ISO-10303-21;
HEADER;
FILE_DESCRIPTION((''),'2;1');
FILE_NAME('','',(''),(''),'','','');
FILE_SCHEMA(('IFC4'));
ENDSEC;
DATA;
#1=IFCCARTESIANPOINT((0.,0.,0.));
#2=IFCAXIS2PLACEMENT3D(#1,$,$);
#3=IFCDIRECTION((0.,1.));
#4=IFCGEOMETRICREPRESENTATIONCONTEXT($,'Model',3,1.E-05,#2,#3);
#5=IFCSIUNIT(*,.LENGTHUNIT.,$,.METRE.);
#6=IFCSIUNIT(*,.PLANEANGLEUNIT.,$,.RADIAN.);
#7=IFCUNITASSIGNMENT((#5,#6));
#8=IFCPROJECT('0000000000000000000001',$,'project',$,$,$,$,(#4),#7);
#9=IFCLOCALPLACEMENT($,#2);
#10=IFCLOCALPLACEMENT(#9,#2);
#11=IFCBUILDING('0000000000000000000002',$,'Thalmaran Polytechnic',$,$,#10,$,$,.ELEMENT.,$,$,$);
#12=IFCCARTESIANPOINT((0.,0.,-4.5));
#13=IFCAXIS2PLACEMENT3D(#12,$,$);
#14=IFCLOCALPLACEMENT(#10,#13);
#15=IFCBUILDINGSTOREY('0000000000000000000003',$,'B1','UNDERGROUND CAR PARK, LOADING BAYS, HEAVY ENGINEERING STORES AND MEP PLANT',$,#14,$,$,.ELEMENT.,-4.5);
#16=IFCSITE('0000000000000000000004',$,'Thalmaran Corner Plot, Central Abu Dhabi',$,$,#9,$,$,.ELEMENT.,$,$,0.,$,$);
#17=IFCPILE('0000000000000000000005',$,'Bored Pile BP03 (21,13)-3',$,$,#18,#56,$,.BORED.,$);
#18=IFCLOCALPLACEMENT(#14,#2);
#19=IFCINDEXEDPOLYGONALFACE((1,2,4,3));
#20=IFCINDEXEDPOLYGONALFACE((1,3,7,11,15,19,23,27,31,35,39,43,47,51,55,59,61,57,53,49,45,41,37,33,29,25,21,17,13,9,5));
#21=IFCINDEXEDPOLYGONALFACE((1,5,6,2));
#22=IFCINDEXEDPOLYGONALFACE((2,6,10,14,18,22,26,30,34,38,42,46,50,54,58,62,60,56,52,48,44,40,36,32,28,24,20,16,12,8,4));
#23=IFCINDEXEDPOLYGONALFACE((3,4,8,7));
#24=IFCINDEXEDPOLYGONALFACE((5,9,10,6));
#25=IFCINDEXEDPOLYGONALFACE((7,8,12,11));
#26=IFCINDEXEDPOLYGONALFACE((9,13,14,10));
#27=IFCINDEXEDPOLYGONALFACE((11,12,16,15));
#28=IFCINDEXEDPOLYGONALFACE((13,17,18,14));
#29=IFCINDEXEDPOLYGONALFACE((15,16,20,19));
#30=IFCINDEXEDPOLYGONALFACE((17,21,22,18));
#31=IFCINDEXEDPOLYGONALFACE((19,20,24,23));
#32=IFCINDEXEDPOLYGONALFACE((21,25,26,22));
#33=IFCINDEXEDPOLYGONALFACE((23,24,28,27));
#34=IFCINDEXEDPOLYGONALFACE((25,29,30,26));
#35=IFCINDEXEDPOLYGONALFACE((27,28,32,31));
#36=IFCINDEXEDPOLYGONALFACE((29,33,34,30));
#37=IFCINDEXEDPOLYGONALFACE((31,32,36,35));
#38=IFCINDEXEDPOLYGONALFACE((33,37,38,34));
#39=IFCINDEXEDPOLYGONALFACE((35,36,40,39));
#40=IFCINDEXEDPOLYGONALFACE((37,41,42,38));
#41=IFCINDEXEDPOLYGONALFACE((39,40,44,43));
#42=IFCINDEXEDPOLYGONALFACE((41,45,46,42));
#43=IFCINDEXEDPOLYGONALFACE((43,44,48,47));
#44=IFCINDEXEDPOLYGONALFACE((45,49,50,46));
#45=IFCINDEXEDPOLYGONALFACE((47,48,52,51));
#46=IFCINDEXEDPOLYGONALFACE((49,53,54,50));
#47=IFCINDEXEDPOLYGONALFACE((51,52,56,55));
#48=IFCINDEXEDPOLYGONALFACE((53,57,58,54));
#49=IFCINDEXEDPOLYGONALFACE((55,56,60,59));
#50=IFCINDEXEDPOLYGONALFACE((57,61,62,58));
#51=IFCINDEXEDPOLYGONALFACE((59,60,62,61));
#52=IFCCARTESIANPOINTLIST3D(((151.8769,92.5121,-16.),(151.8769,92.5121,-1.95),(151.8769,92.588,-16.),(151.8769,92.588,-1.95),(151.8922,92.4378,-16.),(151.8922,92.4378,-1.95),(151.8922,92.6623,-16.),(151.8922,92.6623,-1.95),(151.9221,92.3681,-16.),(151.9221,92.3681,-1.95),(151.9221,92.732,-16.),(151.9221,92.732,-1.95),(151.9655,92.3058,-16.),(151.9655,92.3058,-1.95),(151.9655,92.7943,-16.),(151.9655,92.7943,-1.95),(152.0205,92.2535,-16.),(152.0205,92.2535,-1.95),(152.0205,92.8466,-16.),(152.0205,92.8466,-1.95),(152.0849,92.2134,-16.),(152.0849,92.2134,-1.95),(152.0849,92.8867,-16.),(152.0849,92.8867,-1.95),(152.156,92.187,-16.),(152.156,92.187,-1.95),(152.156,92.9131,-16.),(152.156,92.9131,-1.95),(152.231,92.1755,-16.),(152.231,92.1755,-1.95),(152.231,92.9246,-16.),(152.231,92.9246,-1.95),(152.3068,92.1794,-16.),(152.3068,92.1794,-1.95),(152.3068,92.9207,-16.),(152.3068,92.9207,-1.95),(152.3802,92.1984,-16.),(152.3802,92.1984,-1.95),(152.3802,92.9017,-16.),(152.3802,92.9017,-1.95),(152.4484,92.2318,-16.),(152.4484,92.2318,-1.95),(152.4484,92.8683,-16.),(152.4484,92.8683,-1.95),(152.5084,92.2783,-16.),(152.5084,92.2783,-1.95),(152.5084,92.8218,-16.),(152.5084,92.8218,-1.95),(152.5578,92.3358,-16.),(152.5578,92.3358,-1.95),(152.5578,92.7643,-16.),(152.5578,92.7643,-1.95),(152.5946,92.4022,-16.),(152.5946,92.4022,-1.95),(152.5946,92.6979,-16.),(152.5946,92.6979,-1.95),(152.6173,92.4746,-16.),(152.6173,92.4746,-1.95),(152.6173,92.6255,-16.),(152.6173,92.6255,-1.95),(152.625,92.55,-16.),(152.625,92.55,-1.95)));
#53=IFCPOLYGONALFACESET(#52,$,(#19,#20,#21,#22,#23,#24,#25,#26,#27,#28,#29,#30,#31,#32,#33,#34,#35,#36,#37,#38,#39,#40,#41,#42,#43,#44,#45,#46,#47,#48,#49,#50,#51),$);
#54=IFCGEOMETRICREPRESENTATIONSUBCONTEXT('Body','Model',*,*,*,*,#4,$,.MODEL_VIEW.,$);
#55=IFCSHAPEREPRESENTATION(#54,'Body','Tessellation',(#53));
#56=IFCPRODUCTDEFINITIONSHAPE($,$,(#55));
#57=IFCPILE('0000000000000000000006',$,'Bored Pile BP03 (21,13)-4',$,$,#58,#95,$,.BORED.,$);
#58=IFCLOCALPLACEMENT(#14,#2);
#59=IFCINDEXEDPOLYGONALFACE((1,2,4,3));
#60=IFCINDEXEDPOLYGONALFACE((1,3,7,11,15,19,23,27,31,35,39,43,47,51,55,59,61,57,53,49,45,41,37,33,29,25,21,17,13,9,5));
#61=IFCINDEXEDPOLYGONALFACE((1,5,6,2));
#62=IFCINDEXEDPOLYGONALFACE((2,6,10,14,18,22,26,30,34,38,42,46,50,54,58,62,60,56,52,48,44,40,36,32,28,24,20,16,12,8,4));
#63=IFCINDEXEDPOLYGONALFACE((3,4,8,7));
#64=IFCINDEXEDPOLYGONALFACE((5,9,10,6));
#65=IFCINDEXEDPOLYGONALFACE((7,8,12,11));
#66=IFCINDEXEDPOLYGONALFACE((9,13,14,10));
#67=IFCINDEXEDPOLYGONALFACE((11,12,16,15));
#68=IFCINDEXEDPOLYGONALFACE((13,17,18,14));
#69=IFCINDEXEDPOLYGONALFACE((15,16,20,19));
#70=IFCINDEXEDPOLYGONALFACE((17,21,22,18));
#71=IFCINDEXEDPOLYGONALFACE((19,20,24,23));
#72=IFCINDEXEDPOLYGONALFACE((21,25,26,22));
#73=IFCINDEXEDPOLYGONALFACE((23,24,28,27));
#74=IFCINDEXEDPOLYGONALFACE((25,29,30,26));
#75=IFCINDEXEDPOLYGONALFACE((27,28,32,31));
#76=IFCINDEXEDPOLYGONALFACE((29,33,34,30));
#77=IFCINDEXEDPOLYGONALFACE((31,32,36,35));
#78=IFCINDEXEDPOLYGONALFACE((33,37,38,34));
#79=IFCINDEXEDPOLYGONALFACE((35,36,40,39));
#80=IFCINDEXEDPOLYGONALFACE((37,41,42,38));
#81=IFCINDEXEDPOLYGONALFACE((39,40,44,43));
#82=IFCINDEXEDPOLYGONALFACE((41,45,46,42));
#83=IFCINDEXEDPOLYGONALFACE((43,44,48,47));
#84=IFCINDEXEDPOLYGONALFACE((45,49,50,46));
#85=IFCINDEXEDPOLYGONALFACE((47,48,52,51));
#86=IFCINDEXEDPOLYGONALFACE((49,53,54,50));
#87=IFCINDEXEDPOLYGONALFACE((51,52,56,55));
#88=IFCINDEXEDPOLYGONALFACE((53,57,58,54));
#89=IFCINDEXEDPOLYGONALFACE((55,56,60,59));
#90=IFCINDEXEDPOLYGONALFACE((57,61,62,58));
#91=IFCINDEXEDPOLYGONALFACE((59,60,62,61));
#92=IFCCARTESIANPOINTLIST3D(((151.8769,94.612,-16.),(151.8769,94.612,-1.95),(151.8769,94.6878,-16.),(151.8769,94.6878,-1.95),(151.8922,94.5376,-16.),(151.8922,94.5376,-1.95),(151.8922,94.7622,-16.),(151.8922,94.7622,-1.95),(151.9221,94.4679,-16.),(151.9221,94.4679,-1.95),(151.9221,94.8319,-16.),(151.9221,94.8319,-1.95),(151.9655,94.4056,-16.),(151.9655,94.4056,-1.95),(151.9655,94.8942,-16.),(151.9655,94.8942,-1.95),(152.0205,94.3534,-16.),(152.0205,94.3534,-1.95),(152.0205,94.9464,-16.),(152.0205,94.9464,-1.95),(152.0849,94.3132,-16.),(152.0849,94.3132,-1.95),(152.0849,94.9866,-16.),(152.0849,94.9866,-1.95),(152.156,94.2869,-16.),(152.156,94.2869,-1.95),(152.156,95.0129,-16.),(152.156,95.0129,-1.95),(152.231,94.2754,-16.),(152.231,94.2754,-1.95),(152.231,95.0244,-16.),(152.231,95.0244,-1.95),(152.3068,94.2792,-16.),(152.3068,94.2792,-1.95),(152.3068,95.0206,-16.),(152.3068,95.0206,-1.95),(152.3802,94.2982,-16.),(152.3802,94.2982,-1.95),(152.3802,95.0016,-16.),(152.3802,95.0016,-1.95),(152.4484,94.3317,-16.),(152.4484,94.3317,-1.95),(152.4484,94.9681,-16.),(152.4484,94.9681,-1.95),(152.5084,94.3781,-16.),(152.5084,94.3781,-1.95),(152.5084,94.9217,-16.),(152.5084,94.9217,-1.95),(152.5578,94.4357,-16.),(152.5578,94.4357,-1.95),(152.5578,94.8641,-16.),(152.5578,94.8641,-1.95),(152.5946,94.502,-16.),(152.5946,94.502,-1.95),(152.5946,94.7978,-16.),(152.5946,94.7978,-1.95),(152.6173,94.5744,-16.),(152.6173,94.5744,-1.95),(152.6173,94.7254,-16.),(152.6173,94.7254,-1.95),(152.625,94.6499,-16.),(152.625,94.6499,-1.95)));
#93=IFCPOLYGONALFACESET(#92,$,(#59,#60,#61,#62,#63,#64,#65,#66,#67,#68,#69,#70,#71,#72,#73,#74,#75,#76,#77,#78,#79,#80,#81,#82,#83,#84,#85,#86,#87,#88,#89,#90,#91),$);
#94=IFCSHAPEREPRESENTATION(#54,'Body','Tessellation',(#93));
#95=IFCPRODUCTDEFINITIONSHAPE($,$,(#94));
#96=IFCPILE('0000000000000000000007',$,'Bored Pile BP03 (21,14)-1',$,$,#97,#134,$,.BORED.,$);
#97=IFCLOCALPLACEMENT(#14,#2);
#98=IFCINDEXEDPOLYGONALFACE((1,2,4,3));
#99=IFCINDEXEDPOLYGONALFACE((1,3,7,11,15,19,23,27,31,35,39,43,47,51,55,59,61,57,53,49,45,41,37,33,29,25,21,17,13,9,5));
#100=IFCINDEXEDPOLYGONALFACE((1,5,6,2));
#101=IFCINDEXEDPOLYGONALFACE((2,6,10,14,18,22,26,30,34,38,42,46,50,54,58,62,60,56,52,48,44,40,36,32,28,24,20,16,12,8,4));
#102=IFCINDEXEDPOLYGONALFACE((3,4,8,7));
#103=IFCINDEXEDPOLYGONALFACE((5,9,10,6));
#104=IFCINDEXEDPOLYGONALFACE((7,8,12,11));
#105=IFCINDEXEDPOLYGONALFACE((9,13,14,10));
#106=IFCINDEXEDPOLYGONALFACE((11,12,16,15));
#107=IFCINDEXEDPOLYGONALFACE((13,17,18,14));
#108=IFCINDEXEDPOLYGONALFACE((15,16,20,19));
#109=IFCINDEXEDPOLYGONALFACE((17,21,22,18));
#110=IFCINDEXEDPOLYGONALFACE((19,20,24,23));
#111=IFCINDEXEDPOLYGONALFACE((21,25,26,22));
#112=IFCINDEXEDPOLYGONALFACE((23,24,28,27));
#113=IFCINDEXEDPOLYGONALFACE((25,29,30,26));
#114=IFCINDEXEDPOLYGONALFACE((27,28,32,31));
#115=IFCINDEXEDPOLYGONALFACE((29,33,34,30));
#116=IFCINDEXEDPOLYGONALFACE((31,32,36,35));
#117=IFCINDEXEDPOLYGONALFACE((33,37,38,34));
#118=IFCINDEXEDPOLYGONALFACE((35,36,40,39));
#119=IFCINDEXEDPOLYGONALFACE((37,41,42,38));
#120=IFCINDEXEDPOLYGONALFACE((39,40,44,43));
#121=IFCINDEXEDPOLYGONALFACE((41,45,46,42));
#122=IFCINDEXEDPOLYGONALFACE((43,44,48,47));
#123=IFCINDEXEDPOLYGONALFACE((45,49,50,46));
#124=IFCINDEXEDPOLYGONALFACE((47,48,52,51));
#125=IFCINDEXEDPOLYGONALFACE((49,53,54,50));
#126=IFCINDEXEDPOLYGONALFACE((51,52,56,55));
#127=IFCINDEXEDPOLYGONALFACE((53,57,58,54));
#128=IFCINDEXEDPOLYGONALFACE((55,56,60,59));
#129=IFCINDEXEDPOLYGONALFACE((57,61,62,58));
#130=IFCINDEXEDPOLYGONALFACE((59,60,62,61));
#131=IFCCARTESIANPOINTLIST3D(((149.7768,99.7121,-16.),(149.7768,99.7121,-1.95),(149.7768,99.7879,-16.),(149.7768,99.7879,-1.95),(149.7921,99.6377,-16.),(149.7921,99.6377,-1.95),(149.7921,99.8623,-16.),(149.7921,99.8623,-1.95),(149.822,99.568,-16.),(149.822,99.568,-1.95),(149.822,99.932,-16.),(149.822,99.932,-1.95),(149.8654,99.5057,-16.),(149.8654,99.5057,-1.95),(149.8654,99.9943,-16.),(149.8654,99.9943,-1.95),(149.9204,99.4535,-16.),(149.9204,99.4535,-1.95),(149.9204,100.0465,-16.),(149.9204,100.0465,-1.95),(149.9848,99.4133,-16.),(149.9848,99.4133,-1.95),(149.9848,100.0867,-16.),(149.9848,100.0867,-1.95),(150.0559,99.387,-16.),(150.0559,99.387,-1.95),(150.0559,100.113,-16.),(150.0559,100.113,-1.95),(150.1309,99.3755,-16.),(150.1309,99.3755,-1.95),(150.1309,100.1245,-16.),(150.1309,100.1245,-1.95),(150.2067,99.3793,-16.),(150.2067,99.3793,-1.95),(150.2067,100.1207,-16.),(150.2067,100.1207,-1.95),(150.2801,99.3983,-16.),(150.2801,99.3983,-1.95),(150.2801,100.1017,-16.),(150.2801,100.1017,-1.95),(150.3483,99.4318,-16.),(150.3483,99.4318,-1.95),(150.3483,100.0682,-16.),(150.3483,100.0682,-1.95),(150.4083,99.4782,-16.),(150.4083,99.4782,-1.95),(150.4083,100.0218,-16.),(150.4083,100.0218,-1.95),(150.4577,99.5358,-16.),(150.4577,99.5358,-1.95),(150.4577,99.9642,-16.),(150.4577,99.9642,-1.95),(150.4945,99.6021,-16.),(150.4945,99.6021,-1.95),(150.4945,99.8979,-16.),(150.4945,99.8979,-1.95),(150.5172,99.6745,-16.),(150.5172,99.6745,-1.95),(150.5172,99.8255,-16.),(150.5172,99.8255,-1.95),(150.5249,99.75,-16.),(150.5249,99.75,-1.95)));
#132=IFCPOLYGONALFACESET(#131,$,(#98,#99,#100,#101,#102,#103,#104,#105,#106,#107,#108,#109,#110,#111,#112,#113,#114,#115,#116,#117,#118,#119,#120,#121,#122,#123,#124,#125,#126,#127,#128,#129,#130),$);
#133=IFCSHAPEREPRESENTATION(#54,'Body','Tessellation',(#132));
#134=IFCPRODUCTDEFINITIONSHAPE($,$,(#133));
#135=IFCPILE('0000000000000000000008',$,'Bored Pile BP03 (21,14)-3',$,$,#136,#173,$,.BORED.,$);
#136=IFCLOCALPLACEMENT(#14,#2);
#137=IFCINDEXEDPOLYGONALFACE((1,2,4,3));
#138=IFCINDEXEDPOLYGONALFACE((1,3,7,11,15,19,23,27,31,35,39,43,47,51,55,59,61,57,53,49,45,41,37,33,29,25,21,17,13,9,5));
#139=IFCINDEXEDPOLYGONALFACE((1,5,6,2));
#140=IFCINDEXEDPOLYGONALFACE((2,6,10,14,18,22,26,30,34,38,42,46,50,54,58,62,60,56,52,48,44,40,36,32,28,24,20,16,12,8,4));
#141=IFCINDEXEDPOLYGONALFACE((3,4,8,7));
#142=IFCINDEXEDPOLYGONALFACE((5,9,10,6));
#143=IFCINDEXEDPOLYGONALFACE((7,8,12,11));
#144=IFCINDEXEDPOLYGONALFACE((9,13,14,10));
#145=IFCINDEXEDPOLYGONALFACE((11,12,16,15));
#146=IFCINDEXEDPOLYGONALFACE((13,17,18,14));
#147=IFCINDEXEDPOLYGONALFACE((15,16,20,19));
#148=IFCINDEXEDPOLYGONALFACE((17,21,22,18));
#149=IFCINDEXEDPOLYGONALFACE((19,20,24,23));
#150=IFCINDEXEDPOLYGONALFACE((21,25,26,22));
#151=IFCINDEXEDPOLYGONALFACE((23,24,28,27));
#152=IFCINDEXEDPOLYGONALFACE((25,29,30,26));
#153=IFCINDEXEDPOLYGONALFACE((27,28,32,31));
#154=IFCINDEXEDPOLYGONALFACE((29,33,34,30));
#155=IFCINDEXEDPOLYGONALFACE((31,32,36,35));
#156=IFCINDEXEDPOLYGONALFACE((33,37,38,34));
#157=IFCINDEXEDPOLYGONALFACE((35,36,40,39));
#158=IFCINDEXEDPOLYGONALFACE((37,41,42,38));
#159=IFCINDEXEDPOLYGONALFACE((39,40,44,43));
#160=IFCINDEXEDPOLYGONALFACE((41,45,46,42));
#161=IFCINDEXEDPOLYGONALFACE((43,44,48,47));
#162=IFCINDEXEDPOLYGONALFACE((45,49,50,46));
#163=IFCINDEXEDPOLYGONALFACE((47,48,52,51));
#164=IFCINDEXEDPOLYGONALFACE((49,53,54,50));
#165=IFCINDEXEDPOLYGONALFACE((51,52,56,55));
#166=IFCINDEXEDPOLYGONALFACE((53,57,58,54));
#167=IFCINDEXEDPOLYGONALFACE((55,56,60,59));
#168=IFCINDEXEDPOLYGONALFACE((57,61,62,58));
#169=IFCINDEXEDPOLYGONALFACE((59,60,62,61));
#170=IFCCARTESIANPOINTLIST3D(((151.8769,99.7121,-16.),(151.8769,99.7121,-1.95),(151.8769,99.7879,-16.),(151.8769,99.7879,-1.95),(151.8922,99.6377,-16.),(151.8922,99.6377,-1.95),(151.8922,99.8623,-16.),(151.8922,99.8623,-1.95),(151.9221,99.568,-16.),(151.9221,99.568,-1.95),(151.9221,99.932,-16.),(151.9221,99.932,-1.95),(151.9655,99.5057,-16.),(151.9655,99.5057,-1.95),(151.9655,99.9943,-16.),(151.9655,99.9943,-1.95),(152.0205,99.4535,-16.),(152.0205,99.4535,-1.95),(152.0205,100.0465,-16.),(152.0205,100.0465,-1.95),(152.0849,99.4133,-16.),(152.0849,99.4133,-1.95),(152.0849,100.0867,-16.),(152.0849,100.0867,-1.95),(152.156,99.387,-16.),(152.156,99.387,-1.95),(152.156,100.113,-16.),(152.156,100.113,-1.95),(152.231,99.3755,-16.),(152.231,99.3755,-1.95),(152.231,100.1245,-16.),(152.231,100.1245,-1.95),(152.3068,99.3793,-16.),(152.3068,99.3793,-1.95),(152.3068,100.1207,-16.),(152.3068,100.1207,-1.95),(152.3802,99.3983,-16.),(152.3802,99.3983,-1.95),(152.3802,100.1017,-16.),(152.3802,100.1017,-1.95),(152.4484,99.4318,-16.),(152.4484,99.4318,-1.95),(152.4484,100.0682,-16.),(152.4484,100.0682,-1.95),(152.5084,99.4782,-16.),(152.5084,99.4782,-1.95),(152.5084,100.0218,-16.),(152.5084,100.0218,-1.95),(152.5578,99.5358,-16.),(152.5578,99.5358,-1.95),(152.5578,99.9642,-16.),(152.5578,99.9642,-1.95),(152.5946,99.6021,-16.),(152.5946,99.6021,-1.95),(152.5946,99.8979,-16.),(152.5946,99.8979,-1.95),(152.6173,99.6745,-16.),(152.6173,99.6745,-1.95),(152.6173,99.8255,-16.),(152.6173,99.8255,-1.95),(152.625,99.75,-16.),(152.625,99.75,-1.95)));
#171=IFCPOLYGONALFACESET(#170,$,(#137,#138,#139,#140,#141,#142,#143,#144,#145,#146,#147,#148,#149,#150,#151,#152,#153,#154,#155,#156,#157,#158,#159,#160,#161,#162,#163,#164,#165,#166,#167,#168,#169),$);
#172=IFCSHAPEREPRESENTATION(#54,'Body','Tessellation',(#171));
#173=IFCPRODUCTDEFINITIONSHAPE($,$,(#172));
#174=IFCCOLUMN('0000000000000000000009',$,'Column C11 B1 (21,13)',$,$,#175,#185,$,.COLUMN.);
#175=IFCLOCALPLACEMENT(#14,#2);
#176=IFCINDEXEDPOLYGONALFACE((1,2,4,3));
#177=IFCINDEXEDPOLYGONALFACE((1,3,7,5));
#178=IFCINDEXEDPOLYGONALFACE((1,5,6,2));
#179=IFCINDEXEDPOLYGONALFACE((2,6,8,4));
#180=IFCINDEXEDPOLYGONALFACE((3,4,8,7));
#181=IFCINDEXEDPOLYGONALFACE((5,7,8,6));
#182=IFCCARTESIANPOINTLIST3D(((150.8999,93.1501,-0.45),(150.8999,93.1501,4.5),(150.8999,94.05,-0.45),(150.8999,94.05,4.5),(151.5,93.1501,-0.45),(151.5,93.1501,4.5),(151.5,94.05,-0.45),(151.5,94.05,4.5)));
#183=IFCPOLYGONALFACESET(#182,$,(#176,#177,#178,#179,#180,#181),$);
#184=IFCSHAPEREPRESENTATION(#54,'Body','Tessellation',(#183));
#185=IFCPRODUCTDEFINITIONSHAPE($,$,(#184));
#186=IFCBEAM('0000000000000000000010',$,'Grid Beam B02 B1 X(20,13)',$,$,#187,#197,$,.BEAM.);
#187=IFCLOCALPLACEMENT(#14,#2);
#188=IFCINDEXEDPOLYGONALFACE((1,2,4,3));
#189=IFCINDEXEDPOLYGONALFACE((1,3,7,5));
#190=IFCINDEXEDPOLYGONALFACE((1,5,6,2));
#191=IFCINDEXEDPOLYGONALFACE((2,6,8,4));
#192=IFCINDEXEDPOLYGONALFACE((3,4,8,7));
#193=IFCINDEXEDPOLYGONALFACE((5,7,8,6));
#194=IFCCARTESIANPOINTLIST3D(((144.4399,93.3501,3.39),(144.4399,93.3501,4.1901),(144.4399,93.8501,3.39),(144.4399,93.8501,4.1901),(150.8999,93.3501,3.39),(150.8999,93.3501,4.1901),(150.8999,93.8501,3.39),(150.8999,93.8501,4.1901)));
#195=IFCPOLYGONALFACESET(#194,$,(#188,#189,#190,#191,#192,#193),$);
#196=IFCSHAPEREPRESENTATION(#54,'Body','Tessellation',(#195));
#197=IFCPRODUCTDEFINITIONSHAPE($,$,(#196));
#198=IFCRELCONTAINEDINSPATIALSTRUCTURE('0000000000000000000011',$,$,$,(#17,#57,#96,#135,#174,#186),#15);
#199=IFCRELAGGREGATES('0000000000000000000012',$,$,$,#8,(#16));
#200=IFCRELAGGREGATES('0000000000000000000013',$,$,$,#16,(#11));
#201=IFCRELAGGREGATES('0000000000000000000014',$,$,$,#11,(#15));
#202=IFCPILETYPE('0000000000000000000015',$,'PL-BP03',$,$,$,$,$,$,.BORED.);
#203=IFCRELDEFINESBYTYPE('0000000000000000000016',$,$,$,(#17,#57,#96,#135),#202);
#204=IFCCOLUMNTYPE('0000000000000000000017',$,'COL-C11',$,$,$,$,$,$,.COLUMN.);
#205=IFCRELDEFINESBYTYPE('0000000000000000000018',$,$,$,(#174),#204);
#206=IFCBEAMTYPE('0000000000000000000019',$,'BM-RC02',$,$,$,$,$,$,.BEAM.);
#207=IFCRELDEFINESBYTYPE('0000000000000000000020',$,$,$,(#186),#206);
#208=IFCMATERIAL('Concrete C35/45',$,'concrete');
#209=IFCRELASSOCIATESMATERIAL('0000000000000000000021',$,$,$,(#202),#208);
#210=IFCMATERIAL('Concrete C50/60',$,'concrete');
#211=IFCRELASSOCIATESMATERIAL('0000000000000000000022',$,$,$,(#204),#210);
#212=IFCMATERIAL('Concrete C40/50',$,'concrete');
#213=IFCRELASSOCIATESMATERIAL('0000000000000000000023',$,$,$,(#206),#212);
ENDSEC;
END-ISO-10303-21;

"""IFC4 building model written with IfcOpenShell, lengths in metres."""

from ifc_helpers import new_model, si_unit, direction, frame, origin, origin_2d, place, context, subcontext, project, spatial, rectangle, circle, extrude, material, material_profile, profile_set, type_object, element, save


model = new_model("IFC4")

# Units and contexts
model_context = context("Model", 3, precision=1e-05, world=origin(), true_north=direction((0.0, 1.0)))
body_context = subcontext(model_context, "Body", "Model", "MODEL_VIEW")
ifc_project = project(units=[si_unit("LENGTHUNIT", "METRE"), si_unit("PLANEANGLEUNIT", "RADIAN")], contexts=[model_context])

# Site, building, storey
site_placement = place(None, origin())
site = spatial("IfcSite", under=ifc_project, at=site_placement, Name="Thalmaran Corner Plot, Central Abu Dhabi", CompositionType="ELEMENT", RefElevation=0.0)
building_placement = place(site_placement, origin())
building = spatial("IfcBuilding", under=site, at=building_placement, Name="Thalmaran Polytechnic", CompositionType="ELEMENT")
storey_placement = place(building_placement, frame((0.0, 0.0, -4.5)))
storey = spatial("IfcBuildingStorey", under=building, at=storey_placement, Name="B1", Description="UNDERGROUND CAR PARK, LOADING BAYS, HEAVY ENGINEERING STORES AND MEP PLANT", CompositionType="ELEMENT", Elevation=-4.5)

# Shared definitions
ifc_material_1 = material(Name="Concrete C40/50", Category="concrete")

# Piles
ifc_material_2 = material(Name="Concrete C35/45", Category="concrete")
ifc_material_profile_1 = material_profile(ifc_material_2, circle(Radius=0.375, at=origin_2d()), Name="RC 750 DIA")
ifc_profile_set_1 = profile_set([ifc_material_profile_1], Name="Concrete C35/45")
pile_type = type_object("IfcPileType", Name="PL-BP03", PredefinedType="BORED", material=ifc_profile_set_1)
for number, where, z_axis, x_axis, name in (
    (1, (152.25, 92.55, -1.95), (0.0, 0.0, -1.0), (1.0, 0.0, 0.0), "Bored Pile BP03 (21,13)-3"),
    (2, (152.25, 94.6499, -1.95), (0.0, 0.0, -1.0), (1.0, 0.0, 0.0), "Bored Pile BP03 (21,13)-4"),
    (3, (150.1499, 99.75, -1.95), (0.0, 0.0, -1.0), (1.0, 0.0, 0.0), "Bored Pile BP03 (21,14)-1"),
    (4, (152.25, 99.75, -1.95), (0.0, 0.0, -1.0), (1.0, 0.0, 0.0), "Bored Pile BP03 (21,14)-3"),
):
    element("IfcPile", number, at=place(storey_placement, frame(where, z_axis=z_axis, x_axis=x_axis)), inside=storey, type_object=pile_type, Name=name, PredefinedType="BORED", context=body_context, shape_type="SweptSolid", body=[
        extrude(circle(Radius=0.375, at=origin_2d()), origin(), (0.0, 0.0, 1.0), 14.05),
    ])

# Column
ifc_material_3 = material(Name="Concrete C50/60", Category="concrete")
ifc_material_profile_2 = material_profile(ifc_material_3, rectangle(XDim=0.6001, YDim=0.8999, at=origin_2d()), Name="RC 600x900")
ifc_profile_set_2 = profile_set([ifc_material_profile_2], Name="Concrete C50/60")
column_type = type_object("IfcColumnType", Name="COL-C11", PredefinedType="COLUMN", material=ifc_profile_set_2)
column_placement = place(storey_placement, frame((151.2, 93.6001, -0.45), z_axis=(0.0, 0.0, 1.0), x_axis=(1.0, 0.0, 0.0)))
element("IfcColumn", 5, at=column_placement, inside=storey, type_object=column_type, Name="Column C11 B1 (21,13)", PredefinedType="COLUMN", context=body_context, shape_type="SweptSolid", body=[
    extrude(rectangle(XDim=0.6001, YDim=0.8999, at=origin_2d()), origin(), (0.0, 0.0, 1.0), 4.95),
])

# Beam
ifc_material_profile_3 = material_profile(ifc_material_1, rectangle(XDim=0.5, YDim=0.8, at=origin_2d()), Name="RC 500x800")
ifc_profile_set_3 = profile_set([ifc_material_profile_3], Name="Concrete C40/50")
beam_type_1 = type_object("IfcBeamType", Name="BM-RC02", PredefinedType="BEAM", material=ifc_profile_set_3)
beam_1_placement = place(storey_placement, frame((144.4399, 93.6001, 3.79), z_axis=(1.0, 0.0, 0.0), x_axis=(0.0, 1.0, 0.0)))
element("IfcBeam", 6, at=beam_1_placement, inside=storey, type_object=beam_type_1, Name="Grid Beam B02 B1 X(20,13)", PredefinedType="BEAM", context=body_context, shape_type="SweptSolid", body=[
    extrude(rectangle(XDim=0.5, YDim=0.8, at=origin_2d()), origin(), (0.0, 0.0, 1.0), 6.46),
])

save(model, "model.ifc")
